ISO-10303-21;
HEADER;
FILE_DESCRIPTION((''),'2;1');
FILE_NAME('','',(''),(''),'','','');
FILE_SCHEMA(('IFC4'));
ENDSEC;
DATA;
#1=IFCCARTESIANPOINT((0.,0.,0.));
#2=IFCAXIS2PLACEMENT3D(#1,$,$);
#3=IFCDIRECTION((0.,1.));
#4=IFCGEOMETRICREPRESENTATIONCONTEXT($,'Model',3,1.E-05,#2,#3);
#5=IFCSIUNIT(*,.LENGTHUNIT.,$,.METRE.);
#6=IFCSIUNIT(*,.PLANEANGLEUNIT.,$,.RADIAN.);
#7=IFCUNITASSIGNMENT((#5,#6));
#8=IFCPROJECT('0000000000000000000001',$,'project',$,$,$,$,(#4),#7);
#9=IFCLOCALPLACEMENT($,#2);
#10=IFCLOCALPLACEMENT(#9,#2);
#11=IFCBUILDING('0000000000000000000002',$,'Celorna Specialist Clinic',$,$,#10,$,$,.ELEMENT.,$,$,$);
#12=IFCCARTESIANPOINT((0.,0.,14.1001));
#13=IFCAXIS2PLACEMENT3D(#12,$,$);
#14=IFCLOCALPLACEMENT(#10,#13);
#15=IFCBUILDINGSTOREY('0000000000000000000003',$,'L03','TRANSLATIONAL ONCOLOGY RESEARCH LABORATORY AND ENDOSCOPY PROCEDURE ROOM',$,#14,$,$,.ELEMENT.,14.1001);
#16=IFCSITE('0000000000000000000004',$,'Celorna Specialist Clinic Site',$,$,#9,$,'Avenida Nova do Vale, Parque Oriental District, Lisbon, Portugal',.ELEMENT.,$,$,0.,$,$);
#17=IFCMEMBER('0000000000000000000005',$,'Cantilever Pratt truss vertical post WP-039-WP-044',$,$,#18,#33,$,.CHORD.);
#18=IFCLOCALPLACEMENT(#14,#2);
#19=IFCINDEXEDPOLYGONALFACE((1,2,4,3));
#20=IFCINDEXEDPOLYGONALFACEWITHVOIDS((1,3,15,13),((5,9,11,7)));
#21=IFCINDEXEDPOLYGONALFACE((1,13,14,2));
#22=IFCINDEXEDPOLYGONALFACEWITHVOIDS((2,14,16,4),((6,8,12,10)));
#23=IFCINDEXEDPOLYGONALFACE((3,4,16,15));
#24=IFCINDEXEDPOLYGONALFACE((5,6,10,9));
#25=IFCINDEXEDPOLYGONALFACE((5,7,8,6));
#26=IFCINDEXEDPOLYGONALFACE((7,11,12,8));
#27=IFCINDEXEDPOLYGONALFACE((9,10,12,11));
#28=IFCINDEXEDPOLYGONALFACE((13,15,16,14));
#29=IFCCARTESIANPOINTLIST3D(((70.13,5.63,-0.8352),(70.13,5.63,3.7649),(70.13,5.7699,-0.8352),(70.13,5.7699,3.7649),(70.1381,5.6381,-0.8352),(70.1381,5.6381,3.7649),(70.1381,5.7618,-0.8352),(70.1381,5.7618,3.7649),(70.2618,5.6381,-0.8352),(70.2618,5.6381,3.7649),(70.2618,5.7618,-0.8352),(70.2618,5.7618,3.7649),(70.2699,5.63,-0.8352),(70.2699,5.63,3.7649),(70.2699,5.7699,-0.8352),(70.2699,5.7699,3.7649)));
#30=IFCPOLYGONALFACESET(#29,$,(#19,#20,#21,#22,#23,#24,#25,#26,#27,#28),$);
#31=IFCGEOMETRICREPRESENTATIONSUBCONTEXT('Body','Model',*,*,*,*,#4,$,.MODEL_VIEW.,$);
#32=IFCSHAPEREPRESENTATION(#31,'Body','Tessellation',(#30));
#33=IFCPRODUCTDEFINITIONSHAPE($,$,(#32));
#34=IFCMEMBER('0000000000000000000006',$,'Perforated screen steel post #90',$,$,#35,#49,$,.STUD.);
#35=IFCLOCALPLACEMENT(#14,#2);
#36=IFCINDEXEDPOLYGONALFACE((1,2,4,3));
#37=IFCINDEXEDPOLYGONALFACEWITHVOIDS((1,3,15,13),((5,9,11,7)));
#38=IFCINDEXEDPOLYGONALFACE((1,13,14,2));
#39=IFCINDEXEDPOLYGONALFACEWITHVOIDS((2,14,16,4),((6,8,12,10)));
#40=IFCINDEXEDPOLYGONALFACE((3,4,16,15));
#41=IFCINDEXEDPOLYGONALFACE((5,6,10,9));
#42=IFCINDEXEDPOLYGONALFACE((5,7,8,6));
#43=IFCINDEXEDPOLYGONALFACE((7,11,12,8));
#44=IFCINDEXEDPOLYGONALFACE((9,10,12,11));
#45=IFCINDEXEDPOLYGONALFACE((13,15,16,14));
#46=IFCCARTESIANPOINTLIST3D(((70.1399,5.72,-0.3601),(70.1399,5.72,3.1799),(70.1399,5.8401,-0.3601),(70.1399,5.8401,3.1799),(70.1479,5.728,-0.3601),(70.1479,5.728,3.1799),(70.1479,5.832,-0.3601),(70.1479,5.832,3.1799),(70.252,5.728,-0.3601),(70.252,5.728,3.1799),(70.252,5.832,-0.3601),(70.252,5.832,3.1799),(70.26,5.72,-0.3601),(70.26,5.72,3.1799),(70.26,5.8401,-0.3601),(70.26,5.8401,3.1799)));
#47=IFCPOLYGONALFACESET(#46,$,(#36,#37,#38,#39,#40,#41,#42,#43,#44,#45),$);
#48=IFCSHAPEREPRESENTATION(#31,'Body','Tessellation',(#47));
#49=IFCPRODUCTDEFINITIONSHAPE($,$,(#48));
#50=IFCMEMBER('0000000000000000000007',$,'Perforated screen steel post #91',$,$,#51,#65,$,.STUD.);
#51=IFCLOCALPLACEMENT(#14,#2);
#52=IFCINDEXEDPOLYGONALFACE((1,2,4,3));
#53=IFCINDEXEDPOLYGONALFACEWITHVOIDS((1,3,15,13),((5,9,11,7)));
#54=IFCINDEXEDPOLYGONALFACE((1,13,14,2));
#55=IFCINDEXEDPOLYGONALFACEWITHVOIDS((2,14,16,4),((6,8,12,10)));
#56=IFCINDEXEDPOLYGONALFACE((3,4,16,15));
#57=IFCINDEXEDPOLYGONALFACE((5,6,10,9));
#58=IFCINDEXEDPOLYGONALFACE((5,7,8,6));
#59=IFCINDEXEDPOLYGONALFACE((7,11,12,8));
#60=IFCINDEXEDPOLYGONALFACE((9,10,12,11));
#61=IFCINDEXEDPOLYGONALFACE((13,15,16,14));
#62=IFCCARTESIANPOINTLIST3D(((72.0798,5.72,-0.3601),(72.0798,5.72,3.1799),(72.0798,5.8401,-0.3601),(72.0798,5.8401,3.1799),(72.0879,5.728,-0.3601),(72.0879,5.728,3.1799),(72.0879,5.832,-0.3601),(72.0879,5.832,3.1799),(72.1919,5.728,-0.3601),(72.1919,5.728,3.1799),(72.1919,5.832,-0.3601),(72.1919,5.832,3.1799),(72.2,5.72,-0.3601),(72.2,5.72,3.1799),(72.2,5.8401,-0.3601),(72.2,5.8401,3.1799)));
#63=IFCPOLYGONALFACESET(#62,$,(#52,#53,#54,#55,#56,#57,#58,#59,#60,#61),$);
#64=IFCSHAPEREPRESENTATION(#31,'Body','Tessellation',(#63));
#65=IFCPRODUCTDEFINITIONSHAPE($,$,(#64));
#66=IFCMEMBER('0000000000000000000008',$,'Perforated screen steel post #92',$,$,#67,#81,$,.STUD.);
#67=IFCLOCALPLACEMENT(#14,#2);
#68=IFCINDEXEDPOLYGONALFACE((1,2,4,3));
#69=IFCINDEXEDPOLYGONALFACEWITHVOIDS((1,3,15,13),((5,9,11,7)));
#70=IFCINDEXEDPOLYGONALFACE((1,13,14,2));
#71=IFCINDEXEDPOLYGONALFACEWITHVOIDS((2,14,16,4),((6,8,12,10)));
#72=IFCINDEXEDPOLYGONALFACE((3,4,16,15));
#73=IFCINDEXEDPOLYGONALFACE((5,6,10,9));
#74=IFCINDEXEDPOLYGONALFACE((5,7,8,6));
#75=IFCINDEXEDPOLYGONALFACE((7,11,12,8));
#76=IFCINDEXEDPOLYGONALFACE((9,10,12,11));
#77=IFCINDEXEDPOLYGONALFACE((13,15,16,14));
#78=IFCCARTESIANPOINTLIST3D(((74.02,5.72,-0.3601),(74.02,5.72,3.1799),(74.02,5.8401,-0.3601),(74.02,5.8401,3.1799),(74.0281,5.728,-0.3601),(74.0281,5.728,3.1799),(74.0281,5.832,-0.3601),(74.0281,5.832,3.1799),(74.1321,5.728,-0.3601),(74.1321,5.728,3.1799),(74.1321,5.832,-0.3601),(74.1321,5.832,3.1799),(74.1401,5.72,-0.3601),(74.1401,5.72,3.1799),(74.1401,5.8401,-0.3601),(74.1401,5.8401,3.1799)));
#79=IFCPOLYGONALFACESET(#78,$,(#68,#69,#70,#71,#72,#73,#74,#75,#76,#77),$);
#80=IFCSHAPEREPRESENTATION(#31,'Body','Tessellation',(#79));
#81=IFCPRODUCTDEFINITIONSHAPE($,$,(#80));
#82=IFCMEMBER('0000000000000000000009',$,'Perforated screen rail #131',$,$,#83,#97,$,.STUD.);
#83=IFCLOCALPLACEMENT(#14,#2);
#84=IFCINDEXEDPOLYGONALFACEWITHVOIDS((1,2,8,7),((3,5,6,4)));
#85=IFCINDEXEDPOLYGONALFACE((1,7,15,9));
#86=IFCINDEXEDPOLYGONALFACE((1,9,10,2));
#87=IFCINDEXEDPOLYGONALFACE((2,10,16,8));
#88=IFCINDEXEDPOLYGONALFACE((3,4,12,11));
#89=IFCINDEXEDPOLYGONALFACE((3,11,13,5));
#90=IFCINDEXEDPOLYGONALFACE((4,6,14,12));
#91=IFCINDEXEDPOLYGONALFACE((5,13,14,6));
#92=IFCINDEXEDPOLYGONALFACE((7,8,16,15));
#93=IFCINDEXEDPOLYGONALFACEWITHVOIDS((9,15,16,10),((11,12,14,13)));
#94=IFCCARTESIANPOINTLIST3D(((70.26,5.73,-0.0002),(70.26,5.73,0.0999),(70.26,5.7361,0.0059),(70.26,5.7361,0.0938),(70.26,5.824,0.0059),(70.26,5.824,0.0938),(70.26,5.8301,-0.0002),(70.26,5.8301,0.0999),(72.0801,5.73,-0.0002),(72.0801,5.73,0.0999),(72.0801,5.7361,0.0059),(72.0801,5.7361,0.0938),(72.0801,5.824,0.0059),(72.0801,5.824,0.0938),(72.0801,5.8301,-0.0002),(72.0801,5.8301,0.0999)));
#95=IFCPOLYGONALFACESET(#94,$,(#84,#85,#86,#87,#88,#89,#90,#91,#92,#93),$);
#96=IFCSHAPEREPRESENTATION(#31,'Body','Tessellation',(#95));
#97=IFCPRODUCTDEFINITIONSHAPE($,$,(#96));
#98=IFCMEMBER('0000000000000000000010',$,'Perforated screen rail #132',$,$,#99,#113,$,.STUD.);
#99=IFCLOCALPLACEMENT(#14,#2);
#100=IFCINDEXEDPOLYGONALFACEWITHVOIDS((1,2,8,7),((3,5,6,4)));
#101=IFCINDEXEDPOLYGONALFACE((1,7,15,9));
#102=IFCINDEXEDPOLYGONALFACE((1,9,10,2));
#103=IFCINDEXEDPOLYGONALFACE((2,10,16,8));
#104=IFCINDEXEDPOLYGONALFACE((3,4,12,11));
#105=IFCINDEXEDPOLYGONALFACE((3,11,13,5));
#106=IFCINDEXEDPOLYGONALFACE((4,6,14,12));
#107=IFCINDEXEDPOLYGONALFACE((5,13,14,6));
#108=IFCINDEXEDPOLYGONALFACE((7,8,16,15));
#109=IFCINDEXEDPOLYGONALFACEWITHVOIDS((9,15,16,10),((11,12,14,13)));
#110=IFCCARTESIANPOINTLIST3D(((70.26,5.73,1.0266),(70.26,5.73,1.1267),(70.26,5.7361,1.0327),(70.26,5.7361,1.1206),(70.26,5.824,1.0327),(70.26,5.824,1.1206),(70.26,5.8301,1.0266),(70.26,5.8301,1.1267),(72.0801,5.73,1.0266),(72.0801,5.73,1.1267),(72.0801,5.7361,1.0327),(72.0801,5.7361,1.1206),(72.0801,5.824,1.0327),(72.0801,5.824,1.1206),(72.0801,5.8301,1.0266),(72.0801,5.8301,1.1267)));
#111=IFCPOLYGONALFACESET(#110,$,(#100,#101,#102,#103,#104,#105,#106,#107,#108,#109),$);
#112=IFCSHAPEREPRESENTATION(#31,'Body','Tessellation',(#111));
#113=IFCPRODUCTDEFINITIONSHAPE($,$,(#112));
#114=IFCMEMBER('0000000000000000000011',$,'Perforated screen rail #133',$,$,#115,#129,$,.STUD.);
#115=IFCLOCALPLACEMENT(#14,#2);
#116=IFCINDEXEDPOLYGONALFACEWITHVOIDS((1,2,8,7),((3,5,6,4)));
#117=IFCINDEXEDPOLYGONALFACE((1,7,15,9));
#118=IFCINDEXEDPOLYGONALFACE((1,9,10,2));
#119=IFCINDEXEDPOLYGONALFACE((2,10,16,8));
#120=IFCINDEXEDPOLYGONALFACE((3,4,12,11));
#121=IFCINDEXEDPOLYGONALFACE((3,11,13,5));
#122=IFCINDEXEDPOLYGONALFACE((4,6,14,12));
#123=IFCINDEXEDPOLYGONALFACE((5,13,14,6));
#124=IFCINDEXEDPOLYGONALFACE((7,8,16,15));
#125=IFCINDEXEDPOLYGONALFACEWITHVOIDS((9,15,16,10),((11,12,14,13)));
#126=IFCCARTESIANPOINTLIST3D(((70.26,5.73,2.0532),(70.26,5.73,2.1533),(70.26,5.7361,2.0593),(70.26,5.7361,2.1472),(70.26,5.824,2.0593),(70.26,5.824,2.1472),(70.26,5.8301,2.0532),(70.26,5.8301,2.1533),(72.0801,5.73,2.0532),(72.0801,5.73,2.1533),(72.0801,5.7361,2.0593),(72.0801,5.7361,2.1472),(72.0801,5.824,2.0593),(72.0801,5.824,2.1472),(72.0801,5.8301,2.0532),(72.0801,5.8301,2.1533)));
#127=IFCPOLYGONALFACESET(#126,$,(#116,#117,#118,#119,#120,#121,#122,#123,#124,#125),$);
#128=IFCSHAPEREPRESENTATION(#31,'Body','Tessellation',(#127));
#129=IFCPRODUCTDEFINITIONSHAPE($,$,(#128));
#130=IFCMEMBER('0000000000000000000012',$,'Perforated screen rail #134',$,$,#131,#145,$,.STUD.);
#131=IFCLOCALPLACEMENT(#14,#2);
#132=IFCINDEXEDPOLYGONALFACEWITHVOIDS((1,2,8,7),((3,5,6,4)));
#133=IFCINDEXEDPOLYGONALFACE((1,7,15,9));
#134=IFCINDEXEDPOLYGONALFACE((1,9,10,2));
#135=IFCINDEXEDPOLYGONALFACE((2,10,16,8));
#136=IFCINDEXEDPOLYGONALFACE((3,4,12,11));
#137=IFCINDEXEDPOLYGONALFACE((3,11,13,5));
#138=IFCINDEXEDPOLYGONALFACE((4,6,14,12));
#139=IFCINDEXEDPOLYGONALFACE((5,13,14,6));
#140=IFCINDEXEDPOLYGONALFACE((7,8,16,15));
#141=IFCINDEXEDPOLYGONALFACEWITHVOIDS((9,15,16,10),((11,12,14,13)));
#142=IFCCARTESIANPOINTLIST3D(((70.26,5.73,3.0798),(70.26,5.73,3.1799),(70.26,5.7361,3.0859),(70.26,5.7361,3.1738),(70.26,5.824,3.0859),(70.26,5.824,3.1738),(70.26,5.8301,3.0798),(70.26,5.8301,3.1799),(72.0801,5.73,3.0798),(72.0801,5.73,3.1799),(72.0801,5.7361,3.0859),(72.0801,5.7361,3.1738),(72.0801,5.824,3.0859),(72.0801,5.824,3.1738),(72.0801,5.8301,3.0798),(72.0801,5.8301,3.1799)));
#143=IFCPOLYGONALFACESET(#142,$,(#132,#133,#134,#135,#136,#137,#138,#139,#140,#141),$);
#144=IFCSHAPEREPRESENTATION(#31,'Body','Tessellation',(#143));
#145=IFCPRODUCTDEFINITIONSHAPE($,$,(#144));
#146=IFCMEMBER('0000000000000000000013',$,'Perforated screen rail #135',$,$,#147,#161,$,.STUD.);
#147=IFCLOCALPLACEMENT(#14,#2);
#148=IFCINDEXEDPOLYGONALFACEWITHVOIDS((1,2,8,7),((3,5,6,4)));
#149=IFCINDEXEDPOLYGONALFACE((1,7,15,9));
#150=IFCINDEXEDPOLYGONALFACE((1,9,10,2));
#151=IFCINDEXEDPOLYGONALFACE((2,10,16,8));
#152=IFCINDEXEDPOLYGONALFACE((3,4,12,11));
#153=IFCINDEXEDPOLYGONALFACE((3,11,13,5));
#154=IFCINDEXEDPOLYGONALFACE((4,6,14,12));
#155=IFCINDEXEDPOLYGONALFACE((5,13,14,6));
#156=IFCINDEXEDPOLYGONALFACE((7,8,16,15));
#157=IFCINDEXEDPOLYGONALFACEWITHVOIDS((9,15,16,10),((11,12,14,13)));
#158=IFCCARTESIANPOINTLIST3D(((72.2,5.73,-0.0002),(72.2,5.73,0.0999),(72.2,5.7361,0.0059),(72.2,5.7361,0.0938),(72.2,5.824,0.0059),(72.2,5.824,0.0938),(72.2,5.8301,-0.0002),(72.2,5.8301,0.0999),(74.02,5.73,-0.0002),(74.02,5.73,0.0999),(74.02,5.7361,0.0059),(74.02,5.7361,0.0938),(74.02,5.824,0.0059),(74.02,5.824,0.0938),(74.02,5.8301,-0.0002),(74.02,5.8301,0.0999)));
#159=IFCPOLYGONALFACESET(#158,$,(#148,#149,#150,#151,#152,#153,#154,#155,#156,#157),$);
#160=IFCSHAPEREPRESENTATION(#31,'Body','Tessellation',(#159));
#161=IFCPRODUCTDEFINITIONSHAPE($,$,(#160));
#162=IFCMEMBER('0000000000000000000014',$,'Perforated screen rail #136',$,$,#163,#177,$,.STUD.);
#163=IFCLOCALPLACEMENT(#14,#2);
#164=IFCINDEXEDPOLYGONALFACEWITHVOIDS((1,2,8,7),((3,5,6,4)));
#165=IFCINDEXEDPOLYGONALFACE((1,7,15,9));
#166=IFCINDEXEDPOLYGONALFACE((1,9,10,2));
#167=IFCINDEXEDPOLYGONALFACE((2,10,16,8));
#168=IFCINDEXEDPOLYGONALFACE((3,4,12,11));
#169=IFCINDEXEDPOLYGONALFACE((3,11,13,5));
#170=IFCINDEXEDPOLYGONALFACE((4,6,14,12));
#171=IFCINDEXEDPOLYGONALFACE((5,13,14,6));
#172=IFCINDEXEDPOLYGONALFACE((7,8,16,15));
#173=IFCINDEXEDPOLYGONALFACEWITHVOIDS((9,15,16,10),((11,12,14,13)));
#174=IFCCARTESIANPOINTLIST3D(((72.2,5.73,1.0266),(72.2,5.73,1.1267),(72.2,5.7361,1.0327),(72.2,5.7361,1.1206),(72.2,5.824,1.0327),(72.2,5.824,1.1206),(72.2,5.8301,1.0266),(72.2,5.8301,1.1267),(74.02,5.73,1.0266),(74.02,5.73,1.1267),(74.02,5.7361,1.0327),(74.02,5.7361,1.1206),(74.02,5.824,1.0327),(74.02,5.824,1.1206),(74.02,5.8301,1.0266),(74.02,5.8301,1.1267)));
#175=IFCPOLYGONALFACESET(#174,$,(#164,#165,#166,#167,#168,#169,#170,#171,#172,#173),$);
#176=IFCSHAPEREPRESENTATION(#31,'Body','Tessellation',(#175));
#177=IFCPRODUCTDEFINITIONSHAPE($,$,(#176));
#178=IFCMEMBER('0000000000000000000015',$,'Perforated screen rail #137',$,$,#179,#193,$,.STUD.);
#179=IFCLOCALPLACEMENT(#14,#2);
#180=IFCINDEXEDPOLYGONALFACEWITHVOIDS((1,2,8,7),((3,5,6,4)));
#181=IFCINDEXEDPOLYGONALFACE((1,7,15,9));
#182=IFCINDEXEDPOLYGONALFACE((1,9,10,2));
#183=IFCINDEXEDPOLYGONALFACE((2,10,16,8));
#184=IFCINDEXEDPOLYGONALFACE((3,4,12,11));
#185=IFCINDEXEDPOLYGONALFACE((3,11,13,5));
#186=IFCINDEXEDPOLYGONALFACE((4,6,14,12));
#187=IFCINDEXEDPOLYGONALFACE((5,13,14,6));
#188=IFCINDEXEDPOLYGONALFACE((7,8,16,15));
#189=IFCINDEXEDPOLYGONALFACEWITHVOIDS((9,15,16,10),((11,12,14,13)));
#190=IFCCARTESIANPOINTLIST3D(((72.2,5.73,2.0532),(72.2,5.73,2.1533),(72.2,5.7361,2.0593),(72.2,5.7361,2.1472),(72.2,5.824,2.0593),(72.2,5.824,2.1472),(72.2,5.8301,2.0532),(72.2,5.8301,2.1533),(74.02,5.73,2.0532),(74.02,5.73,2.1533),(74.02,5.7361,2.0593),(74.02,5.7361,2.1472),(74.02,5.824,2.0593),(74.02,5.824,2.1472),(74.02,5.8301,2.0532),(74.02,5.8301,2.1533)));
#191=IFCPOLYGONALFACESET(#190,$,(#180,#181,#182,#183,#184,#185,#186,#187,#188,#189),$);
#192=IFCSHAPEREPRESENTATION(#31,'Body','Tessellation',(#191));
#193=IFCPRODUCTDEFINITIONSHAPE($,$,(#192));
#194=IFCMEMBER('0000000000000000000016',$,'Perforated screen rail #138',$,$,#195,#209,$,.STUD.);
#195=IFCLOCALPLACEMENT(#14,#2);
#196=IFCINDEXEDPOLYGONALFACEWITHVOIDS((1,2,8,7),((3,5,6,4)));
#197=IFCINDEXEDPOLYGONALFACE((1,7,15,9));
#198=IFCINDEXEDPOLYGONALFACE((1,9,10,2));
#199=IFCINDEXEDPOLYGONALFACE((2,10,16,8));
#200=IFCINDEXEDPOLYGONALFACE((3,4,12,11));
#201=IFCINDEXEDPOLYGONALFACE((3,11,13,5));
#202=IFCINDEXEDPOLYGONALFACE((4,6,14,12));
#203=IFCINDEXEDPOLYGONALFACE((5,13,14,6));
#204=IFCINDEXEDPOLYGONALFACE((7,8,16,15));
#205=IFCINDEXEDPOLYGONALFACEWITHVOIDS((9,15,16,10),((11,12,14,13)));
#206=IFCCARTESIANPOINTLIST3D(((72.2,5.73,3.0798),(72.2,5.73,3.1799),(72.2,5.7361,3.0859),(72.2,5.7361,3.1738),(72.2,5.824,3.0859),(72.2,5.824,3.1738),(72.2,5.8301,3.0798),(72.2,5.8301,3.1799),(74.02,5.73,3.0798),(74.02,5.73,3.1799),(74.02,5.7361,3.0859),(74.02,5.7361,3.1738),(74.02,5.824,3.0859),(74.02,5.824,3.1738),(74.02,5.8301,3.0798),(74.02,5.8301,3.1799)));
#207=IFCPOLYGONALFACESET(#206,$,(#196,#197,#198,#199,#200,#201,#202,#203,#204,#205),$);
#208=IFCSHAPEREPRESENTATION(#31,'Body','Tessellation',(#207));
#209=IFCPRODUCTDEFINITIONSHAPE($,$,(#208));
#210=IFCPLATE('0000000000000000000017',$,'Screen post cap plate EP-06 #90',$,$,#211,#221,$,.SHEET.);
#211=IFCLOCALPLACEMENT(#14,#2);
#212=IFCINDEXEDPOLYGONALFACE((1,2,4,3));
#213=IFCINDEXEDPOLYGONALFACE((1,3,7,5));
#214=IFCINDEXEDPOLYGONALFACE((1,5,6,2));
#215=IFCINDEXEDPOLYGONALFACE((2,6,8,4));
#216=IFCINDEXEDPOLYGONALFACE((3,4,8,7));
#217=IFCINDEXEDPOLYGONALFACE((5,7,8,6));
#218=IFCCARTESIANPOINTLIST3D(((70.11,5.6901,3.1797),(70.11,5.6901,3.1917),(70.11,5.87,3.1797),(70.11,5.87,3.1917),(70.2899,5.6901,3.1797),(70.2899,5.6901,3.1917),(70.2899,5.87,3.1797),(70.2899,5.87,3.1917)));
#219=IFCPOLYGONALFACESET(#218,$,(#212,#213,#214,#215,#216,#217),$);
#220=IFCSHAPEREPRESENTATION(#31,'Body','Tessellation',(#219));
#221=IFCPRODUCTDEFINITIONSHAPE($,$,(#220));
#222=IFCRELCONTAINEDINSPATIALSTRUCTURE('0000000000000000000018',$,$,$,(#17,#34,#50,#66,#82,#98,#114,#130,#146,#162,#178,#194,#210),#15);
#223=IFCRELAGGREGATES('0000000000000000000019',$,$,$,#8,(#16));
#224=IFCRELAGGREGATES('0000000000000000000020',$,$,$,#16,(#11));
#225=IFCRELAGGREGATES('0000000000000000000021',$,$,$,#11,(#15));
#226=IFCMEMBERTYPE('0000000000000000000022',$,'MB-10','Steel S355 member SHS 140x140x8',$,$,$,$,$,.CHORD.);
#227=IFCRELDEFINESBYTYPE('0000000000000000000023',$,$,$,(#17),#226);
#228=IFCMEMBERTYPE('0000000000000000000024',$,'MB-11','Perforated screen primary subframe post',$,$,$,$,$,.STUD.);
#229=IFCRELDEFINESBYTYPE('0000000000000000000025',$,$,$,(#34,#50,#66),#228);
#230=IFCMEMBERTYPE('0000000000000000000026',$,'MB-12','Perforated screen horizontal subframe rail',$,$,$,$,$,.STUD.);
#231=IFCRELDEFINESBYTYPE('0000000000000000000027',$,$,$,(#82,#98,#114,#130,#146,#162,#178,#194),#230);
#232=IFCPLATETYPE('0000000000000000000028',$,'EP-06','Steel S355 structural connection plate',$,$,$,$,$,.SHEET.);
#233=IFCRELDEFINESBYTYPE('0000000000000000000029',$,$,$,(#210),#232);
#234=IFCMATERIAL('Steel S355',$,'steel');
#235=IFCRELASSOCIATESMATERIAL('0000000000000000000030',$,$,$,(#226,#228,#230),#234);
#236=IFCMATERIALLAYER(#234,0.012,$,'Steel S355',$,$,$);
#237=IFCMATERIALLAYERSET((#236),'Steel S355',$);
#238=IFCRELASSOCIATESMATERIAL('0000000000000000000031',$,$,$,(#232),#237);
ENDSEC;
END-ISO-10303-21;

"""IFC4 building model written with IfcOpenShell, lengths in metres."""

from ifc_helpers import new_model, si_unit, direction, frame, origin, origin_2d, place, context, subcontext, project, spatial, rectangle, hollow_rectangle, extrude, material, layer, layer_set, material_profile, profile_set, type_object, element, save


model = new_model("IFC4")

# Units and contexts
model_context = context("Model", 3, precision=1e-05, world=origin(), true_north=direction((0.0, 1.0)))
body_context = subcontext(model_context, "Body", "Model", "MODEL_VIEW")
ifc_project = project(units=[si_unit("LENGTHUNIT", "METRE"), si_unit("PLANEANGLEUNIT", "RADIAN")], contexts=[model_context])

# Site, building, storey
site_placement = place(None, origin())
site = spatial("IfcSite", under=ifc_project, at=site_placement, Name="Celorna Specialist Clinic Site", LongName="Avenida Nova do Vale, Parque Oriental District, Lisbon, Portugal", CompositionType="ELEMENT", RefElevation=0.0)
building_placement = place(site_placement, origin())
building = spatial("IfcBuilding", under=site, at=building_placement, Name="Celorna Specialist Clinic", CompositionType="ELEMENT")
storey_placement = place(building_placement, frame((0.0, 0.0, 14.1001)))
storey = spatial("IfcBuildingStorey", under=building, at=storey_placement, Name="L03", Description="TRANSLATIONAL ONCOLOGY RESEARCH LABORATORY AND ENDOSCOPY PROCEDURE ROOM", CompositionType="ELEMENT", Elevation=14.1001)

# Members
ifc_material_1 = material(Name="Steel S355", Category="steel")
ifc_material_profile_1 = material_profile(ifc_material_1, hollow_rectangle(XDim=0.1399, YDim=0.1399, WallThickness=0.0081, at=origin_2d()), Name="SHS 140x140x8")
ifc_profile_set_1 = profile_set([ifc_material_profile_1], Name="Steel S355")
member_type_1 = type_object("IfcMemberType", Name="MB-10", Description="Steel S355 member SHS 140x140x8", PredefinedType="CHORD", material=ifc_profile_set_1)
member_placement = place(storey_placement, frame((70.2, 5.7, -0.8352), z_axis=(0.0, 0.0, 1.0), x_axis=(1.0, 0.0, 0.0)))
element("IfcMember", 1, at=member_placement, inside=storey, type_object=member_type_1, Name="Cantilever Pratt truss vertical post WP-039-WP-044", PredefinedType="CHORD", context=body_context, shape_type="SweptSolid", body=[
    extrude(hollow_rectangle(XDim=0.1399, YDim=0.1399, WallThickness=0.0081, at=origin_2d()), origin(), (0.0, 0.0, 1.0), 4.6001),
])
ifc_material_profile_2 = material_profile(ifc_material_1, hollow_rectangle(XDim=0.1201, YDim=0.1201, WallThickness=0.0081, at=origin_2d()), Name="SHS 120x120x8")
ifc_profile_set_2 = profile_set([ifc_material_profile_2], Name="Steel S355")
member_type_2 = type_object("IfcMemberType", Name="MB-11", Description="Perforated screen primary subframe post", PredefinedType="STUD", material=ifc_profile_set_2)
for number, where, z_axis, x_axis, name in (
    (2, (70.2, 5.78, -0.3601), (0.0, 0.0, 1.0), (1.0, 0.0, 0.0), "Perforated screen steel post #90"),
    (3, (72.1399, 5.78, -0.3601), (0.0, 0.0, 1.0), (1.0, 0.0, 0.0), "Perforated screen steel post #91"),
    (4, (74.0801, 5.78, -0.3601), (0.0, 0.0, 1.0), (1.0, 0.0, 0.0), "Perforated screen steel post #92"),
):
    element("IfcMember", number, at=place(storey_placement, frame(where, z_axis=z_axis, x_axis=x_axis)), inside=storey, type_object=member_type_2, Name=name, PredefinedType="STUD", context=body_context, shape_type="SweptSolid", body=[
        extrude(hollow_rectangle(XDim=0.1201, YDim=0.1201, WallThickness=0.0081, at=origin_2d()), origin(), (0.0, 0.0, 1.0), 3.54),
    ])
ifc_material_profile_3 = material_profile(ifc_material_1, hollow_rectangle(XDim=0.1001, YDim=0.1001, WallThickness=0.0061, at=origin_2d()), Name="SHS 100x100x6")
ifc_profile_set_3 = profile_set([ifc_material_profile_3], Name="Steel S355")
member_type_3 = type_object("IfcMemberType", Name="MB-12", Description="Perforated screen horizontal subframe rail", PredefinedType="STUD", material=ifc_profile_set_3)
for number, where, z_axis, x_axis, name in (
    (5, (70.26, 5.78, 0.0498), (1.0, 0.0, 0.0), (0.0, 1.0, 0.0), "Perforated screen rail #131"),
    (6, (70.26, 5.78, 1.0767), (1.0, 0.0, 0.0), (0.0, 1.0, 0.0), "Perforated screen rail #132"),
    (7, (70.26, 5.78, 2.1033), (1.0, 0.0, 0.0), (0.0, 1.0, 0.0), "Perforated screen rail #133"),
    (8, (70.26, 5.78, 3.1299), (1.0, 0.0, 0.0), (0.0, 1.0, 0.0), "Perforated screen rail #134"),
    (9, (72.2, 5.78, 0.0498), (1.0, 0.0, 0.0), (0.0, 1.0, 0.0), "Perforated screen rail #135"),
    (10, (72.2, 5.78, 1.0767), (1.0, 0.0, 0.0), (0.0, 1.0, 0.0), "Perforated screen rail #136"),
    (11, (72.2, 5.78, 2.1033), (1.0, 0.0, 0.0), (0.0, 1.0, 0.0), "Perforated screen rail #137"),
    (12, (72.2, 5.78, 3.1299), (1.0, 0.0, 0.0), (0.0, 1.0, 0.0), "Perforated screen rail #138"),
):
    element("IfcMember", number, at=place(storey_placement, frame(where, z_axis=z_axis, x_axis=x_axis)), inside=storey, type_object=member_type_3, Name=name, PredefinedType="STUD", context=body_context, shape_type="SweptSolid", body=[
        extrude(hollow_rectangle(XDim=0.1001, YDim=0.1001, WallThickness=0.0061, at=origin_2d()), origin(), (0.0, 0.0, 1.0), 1.8201),
    ])

# Plate
ifc_layer_1 = layer(ifc_material_1, 0.012, Name="Steel S355")
ifc_layer_set_1 = layer_set([ifc_layer_1], Name="Steel S355")
plate_type_1 = type_object("IfcPlateType", Name="EP-06", Description="Steel S355 structural connection plate", PredefinedType="SHEET", material=ifc_layer_set_1)
plate_1_placement = place(storey_placement, frame((70.2, 5.78, 3.1797), z_axis=(0.0, 0.0, 1.0), x_axis=(1.0, 0.0, 0.0)))
element("IfcPlate", 13, at=plate_1_placement, inside=storey, type_object=plate_type_1, Name="Screen post cap plate EP-06 #90", PredefinedType="SHEET", context=body_context, shape_type="SweptSolid", body=[
    extrude(rectangle(XDim=0.1799, YDim=0.1799, at=origin_2d()), origin(), (0.0, 0.0, 1.0), 0.012),
])

save(model, "model.ifc")
